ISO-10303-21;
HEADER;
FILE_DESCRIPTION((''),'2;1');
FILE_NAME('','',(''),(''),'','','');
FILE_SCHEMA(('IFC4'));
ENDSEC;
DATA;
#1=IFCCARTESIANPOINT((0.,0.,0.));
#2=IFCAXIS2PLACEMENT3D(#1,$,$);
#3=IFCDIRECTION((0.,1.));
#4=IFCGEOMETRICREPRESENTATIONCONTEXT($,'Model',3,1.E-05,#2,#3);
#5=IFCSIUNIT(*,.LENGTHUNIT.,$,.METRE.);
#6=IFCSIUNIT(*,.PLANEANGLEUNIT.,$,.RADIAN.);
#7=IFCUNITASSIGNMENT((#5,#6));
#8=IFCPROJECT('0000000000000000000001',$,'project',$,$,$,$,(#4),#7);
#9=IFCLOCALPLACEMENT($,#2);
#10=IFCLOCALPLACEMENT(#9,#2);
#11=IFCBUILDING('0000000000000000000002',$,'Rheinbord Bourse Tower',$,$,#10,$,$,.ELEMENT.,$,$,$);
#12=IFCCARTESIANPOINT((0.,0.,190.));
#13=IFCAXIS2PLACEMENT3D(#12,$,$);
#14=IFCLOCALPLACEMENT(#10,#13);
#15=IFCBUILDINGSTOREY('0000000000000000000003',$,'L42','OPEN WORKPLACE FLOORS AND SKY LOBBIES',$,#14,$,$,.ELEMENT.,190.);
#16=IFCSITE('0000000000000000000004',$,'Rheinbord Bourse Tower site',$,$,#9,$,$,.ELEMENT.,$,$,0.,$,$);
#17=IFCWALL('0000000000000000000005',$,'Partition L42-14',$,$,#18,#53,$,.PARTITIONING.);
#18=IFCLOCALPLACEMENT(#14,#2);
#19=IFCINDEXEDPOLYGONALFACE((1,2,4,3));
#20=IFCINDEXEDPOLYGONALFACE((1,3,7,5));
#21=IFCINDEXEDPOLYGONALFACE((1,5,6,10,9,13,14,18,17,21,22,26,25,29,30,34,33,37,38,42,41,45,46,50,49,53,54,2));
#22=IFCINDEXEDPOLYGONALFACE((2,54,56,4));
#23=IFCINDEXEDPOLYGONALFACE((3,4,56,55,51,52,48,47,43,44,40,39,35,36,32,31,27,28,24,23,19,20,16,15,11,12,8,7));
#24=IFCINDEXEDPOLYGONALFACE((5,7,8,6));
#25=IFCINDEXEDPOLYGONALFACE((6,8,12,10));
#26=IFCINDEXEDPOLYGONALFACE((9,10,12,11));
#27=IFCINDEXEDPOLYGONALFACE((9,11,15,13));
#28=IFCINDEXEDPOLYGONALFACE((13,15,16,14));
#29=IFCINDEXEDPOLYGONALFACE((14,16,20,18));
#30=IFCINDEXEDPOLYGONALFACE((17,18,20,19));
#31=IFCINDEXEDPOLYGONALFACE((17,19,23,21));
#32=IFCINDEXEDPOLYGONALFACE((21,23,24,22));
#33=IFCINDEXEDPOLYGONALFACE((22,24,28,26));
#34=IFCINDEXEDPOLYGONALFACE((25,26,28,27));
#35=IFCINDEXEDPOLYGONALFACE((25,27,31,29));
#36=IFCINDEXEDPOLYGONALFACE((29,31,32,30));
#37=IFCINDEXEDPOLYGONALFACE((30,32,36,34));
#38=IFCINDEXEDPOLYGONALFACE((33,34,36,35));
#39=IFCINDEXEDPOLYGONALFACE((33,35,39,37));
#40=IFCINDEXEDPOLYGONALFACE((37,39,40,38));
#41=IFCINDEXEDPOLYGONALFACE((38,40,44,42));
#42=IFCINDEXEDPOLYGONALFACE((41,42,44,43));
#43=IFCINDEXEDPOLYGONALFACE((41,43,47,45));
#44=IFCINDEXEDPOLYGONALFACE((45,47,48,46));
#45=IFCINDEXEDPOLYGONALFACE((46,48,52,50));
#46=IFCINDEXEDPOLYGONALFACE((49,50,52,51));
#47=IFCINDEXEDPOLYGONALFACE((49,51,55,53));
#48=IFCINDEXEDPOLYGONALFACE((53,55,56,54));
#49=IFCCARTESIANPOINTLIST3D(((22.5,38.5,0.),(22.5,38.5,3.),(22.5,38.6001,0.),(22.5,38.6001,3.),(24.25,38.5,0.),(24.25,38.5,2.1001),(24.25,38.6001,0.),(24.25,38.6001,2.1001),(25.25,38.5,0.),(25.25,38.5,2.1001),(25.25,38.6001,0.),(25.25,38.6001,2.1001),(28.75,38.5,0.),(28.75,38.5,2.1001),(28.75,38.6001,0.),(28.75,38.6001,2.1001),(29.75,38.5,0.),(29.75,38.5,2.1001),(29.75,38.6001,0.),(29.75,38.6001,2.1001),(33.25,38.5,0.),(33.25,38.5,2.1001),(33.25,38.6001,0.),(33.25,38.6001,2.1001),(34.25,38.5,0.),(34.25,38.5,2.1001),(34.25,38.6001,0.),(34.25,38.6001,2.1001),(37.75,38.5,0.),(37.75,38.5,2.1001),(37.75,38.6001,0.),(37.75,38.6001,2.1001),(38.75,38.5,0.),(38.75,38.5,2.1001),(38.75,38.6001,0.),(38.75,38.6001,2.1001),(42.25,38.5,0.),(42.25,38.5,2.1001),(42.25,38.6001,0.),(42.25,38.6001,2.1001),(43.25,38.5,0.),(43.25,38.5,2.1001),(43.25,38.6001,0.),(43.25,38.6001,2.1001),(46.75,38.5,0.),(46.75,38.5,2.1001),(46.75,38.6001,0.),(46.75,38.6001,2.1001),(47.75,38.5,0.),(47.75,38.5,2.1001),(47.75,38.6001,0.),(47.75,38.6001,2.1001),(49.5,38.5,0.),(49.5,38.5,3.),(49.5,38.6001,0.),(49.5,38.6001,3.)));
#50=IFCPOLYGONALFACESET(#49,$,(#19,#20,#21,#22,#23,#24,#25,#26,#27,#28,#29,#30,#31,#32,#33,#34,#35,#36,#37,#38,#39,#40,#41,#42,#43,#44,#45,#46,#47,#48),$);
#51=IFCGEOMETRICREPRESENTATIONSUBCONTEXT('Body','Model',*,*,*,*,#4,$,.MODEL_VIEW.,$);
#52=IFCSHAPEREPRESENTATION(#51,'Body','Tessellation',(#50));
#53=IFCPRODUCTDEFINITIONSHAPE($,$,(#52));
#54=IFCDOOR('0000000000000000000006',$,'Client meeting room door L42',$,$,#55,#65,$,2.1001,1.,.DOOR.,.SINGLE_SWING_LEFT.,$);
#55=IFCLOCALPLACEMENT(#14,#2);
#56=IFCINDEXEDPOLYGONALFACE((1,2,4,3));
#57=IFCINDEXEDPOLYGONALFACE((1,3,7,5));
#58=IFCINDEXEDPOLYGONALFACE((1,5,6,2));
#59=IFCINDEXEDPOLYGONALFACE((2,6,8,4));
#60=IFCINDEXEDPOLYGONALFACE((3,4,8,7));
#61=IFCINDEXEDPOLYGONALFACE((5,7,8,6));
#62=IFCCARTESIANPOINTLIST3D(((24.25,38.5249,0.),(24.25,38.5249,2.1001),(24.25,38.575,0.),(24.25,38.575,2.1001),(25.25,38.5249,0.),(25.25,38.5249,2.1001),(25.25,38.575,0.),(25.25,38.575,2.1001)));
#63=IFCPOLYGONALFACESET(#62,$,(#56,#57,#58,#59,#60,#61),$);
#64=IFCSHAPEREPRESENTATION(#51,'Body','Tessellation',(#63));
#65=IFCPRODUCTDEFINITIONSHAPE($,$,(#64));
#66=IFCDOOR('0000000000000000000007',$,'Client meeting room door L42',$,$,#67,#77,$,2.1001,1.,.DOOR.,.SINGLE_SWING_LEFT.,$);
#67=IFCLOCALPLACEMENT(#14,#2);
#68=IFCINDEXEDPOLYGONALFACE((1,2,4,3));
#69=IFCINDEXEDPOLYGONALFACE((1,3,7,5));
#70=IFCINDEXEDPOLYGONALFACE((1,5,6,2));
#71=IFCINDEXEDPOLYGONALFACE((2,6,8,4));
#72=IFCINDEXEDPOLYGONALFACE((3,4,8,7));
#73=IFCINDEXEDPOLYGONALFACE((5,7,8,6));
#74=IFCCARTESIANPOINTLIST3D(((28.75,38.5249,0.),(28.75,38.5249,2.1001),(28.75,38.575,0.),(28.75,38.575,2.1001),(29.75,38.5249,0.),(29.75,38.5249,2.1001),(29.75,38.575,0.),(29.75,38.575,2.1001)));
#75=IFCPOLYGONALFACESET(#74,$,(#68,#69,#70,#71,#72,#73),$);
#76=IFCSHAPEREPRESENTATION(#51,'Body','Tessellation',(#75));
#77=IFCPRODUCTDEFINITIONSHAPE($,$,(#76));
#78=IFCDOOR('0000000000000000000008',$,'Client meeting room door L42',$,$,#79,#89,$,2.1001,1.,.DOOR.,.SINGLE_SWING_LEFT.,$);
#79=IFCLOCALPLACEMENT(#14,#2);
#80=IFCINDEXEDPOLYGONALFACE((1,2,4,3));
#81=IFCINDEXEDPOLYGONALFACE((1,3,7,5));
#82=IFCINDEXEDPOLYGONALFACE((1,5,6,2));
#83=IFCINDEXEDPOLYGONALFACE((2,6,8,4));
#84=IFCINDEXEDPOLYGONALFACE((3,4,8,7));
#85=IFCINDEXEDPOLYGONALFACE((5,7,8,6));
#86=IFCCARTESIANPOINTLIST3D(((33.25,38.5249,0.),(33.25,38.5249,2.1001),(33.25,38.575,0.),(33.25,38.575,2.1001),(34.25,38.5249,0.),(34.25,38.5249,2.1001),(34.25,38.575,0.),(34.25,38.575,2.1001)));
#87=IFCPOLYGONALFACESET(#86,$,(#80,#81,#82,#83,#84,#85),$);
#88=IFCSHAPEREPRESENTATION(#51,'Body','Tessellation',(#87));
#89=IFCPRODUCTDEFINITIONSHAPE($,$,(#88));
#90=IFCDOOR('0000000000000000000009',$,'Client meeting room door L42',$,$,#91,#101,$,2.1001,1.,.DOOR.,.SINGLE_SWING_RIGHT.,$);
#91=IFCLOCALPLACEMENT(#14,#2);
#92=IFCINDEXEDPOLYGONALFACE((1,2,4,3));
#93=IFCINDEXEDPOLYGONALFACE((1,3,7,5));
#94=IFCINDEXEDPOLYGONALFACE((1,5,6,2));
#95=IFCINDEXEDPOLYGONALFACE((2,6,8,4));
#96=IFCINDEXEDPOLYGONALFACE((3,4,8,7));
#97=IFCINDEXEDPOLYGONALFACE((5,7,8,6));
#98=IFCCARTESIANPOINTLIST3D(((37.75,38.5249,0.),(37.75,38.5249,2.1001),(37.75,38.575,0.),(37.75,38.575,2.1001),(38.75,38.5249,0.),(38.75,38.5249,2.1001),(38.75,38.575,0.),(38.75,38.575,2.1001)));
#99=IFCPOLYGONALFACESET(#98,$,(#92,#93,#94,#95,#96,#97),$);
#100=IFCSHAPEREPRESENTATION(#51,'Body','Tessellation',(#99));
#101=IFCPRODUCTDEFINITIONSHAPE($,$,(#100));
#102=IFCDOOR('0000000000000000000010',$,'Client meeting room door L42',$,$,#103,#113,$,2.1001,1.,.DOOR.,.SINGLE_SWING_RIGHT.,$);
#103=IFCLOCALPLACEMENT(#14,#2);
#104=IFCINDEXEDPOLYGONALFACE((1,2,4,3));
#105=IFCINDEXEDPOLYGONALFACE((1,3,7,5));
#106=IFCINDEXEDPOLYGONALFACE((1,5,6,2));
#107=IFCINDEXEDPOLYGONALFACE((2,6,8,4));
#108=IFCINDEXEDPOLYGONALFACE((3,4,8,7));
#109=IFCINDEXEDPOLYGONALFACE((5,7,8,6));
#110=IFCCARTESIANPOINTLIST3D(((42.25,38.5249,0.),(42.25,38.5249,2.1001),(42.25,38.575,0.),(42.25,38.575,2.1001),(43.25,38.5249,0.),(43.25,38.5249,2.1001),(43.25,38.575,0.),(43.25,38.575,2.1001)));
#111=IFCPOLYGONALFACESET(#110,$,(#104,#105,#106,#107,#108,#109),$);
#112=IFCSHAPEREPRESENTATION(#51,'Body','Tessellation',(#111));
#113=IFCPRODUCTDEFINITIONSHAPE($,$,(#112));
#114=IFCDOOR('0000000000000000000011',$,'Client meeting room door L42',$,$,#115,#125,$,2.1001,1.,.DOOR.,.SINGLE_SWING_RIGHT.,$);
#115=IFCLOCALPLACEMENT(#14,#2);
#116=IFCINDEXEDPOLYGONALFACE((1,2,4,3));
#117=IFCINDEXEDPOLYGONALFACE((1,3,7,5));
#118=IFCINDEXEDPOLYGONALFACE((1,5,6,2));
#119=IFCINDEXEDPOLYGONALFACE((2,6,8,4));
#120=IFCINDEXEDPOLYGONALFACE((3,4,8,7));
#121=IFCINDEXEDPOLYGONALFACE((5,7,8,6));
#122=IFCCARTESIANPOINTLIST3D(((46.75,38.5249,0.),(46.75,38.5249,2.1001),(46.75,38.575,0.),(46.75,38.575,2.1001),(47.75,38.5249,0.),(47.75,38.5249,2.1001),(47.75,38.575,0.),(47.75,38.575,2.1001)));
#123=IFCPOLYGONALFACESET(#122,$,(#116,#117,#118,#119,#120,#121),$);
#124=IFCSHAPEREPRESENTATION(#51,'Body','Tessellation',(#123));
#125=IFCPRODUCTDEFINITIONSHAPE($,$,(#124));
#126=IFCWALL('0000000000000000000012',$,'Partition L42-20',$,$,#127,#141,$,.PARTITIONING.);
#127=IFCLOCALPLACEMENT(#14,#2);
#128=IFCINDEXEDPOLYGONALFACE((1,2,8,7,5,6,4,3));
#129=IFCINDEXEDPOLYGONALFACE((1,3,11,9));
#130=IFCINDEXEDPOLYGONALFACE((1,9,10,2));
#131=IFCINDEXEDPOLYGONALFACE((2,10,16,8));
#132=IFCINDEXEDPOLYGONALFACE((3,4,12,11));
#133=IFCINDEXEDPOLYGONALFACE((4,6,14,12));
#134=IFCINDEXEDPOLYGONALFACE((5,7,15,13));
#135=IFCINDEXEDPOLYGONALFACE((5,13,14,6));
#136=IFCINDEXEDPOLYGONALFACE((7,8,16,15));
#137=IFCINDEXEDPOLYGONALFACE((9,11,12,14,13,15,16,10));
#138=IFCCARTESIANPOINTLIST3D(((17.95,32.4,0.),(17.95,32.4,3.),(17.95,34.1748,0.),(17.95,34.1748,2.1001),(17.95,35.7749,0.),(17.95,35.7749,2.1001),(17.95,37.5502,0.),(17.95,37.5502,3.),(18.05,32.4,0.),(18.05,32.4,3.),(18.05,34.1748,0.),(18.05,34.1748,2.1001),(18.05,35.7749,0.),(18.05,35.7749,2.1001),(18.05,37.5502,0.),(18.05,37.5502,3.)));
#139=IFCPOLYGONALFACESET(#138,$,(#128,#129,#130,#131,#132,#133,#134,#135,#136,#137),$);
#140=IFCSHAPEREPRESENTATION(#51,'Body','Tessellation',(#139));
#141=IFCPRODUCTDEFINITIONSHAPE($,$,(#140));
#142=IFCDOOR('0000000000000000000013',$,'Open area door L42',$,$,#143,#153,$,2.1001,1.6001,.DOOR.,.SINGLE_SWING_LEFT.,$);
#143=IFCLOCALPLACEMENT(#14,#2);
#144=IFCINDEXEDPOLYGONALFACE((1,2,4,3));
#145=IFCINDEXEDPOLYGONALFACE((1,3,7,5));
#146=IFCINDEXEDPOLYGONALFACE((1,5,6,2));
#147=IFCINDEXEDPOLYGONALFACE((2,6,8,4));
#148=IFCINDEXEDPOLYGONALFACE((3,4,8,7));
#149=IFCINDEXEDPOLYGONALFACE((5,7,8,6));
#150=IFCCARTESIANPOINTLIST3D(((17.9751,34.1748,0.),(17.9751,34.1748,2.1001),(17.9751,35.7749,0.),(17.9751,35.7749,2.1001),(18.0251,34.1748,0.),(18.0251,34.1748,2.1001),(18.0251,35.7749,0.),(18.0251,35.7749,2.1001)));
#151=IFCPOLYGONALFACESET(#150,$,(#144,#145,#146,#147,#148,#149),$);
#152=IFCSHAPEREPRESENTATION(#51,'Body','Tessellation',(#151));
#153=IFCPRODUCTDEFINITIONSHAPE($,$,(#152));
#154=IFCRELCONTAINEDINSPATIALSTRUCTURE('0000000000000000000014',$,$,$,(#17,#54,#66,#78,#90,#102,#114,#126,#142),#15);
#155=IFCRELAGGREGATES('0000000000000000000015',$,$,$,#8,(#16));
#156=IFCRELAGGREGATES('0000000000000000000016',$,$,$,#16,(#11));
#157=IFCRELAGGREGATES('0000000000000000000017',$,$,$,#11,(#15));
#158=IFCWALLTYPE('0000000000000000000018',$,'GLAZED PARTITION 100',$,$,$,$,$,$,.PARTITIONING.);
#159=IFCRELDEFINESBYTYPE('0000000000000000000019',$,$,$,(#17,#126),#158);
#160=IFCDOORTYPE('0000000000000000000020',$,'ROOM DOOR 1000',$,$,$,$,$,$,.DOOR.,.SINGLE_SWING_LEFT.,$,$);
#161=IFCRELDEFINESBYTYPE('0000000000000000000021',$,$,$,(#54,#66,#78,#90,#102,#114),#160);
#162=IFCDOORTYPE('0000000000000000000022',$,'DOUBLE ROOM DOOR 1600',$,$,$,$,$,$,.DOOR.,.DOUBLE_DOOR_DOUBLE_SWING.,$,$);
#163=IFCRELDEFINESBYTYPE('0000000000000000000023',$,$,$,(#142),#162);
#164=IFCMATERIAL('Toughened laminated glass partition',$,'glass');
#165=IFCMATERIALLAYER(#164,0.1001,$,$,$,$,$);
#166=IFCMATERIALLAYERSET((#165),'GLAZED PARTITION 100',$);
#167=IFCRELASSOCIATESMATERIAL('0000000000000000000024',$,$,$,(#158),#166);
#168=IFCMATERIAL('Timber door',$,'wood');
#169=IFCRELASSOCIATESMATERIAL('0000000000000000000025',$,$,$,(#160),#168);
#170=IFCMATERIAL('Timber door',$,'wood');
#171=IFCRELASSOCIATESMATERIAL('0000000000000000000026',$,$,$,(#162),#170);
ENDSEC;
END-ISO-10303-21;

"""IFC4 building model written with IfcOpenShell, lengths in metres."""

from ifc_helpers import new_model, si_unit, direction, frame, frame_2d, origin, place, context, subcontext, project, spatial, rectangle, extrude, material, layer, layer_set, type_object, element, fill, save


model = new_model("IFC4")

# Units and contexts
model_context = context("Model", 3, precision=1e-05, world=origin(), true_north=direction((0.0, 1.0)))
body_context = subcontext(model_context, "Body", "Model", "MODEL_VIEW")
ifc_project = project(units=[si_unit("LENGTHUNIT", "METRE"), si_unit("PLANEANGLEUNIT", "RADIAN")], contexts=[model_context])

# Site, building, storey
site_placement = place(None, origin())
site = spatial("IfcSite", under=ifc_project, at=site_placement, Name="Rheinbord Bourse Tower site", CompositionType="ELEMENT", RefElevation=0.0)
building_placement = place(site_placement, origin())
building = spatial("IfcBuilding", under=site, at=building_placement, Name="Rheinbord Bourse Tower", CompositionType="ELEMENT")
storey_placement = place(building_placement, frame((0.0, 0.0, 190.0)))
storey = spatial("IfcBuildingStorey", under=building, at=storey_placement, Name="L42", Description="OPEN WORKPLACE FLOORS AND SKY LOBBIES", CompositionType="ELEMENT", Elevation=190.0)

# Wall, openings, doors
ifc_material_1 = material(Name="Toughened laminated glass partition", Category="glass")
ifc_layer_1 = layer(ifc_material_1, 0.1001)
ifc_layer_set_1 = layer_set([ifc_layer_1], Name="GLAZED PARTITION 100")
wall_type_1 = type_object("IfcWallType", Name="GLAZED PARTITION 100", PredefinedType="PARTITIONING", material=ifc_layer_set_1)
wall_1_placement = place(storey_placement, frame((22.5, 38.55, 0.0), z_axis=(0.0, 0.0, 1.0), x_axis=(1.0, 0.0, 0.0)))
wall_1 = element("IfcWall", 1, at=wall_1_placement, inside=storey, type_object=wall_type_1, Name="Partition L42-14", PredefinedType="PARTITIONING", context=body_context, shape_type="SweptSolid", body=[
    extrude(rectangle(XDim=27.0, YDim=0.1001, at=frame_2d((13.5, 0.0))), origin(), (0.0, 0.0, 1.0), 3.0),
])
opening_1_placement = place(wall_1_placement, frame((1.75, 0.0, 0.0)))
opening_1 = element("IfcOpeningElement", 2, at=opening_1_placement, cuts=wall_1, PredefinedType="OPENING", context=body_context, shape_type="SweptSolid", body=[
    extrude(rectangle(XDim=1.0, YDim=2.1001, at=frame_2d((0.5, 1.05))), frame((0.0, 0.0601, 0.0), z_axis=(0.0, -1.0, 0.0), x_axis=(1.0, 0.0, 0.0)), (0.0, 0.0, 1.0), 0.1201),
])
opening_2_placement = place(wall_1_placement, frame((6.25, 0.0, 0.0)))
opening_2 = element("IfcOpeningElement", 3, at=opening_2_placement, cuts=wall_1, PredefinedType="OPENING", context=body_context, shape_type="SweptSolid", body=[
    extrude(rectangle(XDim=1.0, YDim=2.1001, at=frame_2d((0.5, 1.05))), frame((0.0, 0.0601, 0.0), z_axis=(0.0, -1.0, 0.0), x_axis=(1.0, 0.0, 0.0)), (0.0, 0.0, 1.0), 0.1201),
])
opening_3_placement = place(wall_1_placement, frame((10.75, 0.0, 0.0)))
opening_3 = element("IfcOpeningElement", 4, at=opening_3_placement, cuts=wall_1, PredefinedType="OPENING", context=body_context, shape_type="SweptSolid", body=[
    extrude(rectangle(XDim=1.0, YDim=2.1001, at=frame_2d((0.5, 1.05))), frame((0.0, 0.0601, 0.0), z_axis=(0.0, -1.0, 0.0), x_axis=(1.0, 0.0, 0.0)), (0.0, 0.0, 1.0), 0.1201),
])
opening_4_placement = place(wall_1_placement, frame((15.25, 0.0, 0.0)))
opening_4 = element("IfcOpeningElement", 5, at=opening_4_placement, cuts=wall_1, PredefinedType="OPENING", context=body_context, shape_type="SweptSolid", body=[
    extrude(rectangle(XDim=1.0, YDim=2.1001, at=frame_2d((0.5, 1.05))), frame((0.0, 0.0601, 0.0), z_axis=(0.0, -1.0, 0.0), x_axis=(1.0, 0.0, 0.0)), (0.0, 0.0, 1.0), 0.1201),
])
opening_5_placement = place(wall_1_placement, frame((19.75, 0.0, 0.0)))
opening_5 = element("IfcOpeningElement", 6, at=opening_5_placement, cuts=wall_1, PredefinedType="OPENING", context=body_context, shape_type="SweptSolid", body=[
    extrude(rectangle(XDim=1.0, YDim=2.1001, at=frame_2d((0.5, 1.05))), frame((0.0, 0.0601, 0.0), z_axis=(0.0, -1.0, 0.0), x_axis=(1.0, 0.0, 0.0)), (0.0, 0.0, 1.0), 0.1201),
])
opening_6_placement = place(wall_1_placement, frame((24.25, 0.0, 0.0)))
opening_6 = element("IfcOpeningElement", 7, at=opening_6_placement, cuts=wall_1, PredefinedType="OPENING", context=body_context, shape_type="SweptSolid", body=[
    extrude(rectangle(XDim=1.0, YDim=2.1001, at=frame_2d((0.5, 1.05))), frame((0.0, 0.0601, 0.0), z_axis=(0.0, -1.0, 0.0), x_axis=(1.0, 0.0, 0.0)), (0.0, 0.0, 1.0), 0.1201),
])
ifc_material_2 = material(Name="Timber door", Category="wood")
door_type_1 = type_object("IfcDoorType", Name="ROOM DOOR 1000", OperationType="SINGLE_SWING_LEFT", PredefinedType="DOOR", material=ifc_material_2)
door_1_placement = place(opening_1_placement, origin())
door_1 = element("IfcDoor", 8, at=door_1_placement, inside=storey, type_object=door_type_1, Name="Client meeting room door L42", OperationType="SINGLE_SWING_LEFT", OverallHeight=2.1001, OverallWidth=1.0, PredefinedType="DOOR", context=body_context, shape_type="SweptSolid", body=[
    extrude(rectangle(XDim=1.0, YDim=2.1001, at=frame_2d((0.5, 1.05))), frame((0.0, 0.0249, 0.0), z_axis=(0.0, -1.0, 0.0), x_axis=(1.0, 0.0, 0.0)), (0.0, 0.0, 1.0), 0.05),
])
fill(opening_1, door_1)
door_2_placement = place(opening_2_placement, origin())
door_2 = element("IfcDoor", 9, at=door_2_placement, inside=storey, type_object=door_type_1, Name="Client meeting room door L42", OperationType="SINGLE_SWING_LEFT", OverallHeight=2.1001, OverallWidth=1.0, PredefinedType="DOOR", context=body_context, shape_type="SweptSolid", body=[
    extrude(rectangle(XDim=1.0, YDim=2.1001, at=frame_2d((0.5, 1.05))), frame((0.0, 0.0249, 0.0), z_axis=(0.0, -1.0, 0.0), x_axis=(1.0, 0.0, 0.0)), (0.0, 0.0, 1.0), 0.05),
])
fill(opening_2, door_2)
door_3_placement = place(opening_3_placement, origin())
door_3 = element("IfcDoor", 10, at=door_3_placement, inside=storey, type_object=door_type_1, Name="Client meeting room door L42", OperationType="SINGLE_SWING_LEFT", OverallHeight=2.1001, OverallWidth=1.0, PredefinedType="DOOR", context=body_context, shape_type="SweptSolid", body=[
    extrude(rectangle(XDim=1.0, YDim=2.1001, at=frame_2d((0.5, 1.05))), frame((0.0, 0.0249, 0.0), z_axis=(0.0, -1.0, 0.0), x_axis=(1.0, 0.0, 0.0)), (0.0, 0.0, 1.0), 0.05),
])
fill(opening_3, door_3)
door_4_placement = place(opening_4_placement, origin())
door_4 = element("IfcDoor", 11, at=door_4_placement, inside=storey, type_object=door_type_1, Name="Client meeting room door L42", OperationType="SINGLE_SWING_RIGHT", OverallHeight=2.1001, OverallWidth=1.0, PredefinedType="DOOR", context=body_context, shape_type="SweptSolid", body=[
    extrude(rectangle(XDim=1.0, YDim=2.1001, at=frame_2d((0.5, 1.05))), frame((0.0, 0.0249, 0.0), z_axis=(0.0, -1.0, 0.0), x_axis=(1.0, 0.0, 0.0)), (0.0, 0.0, 1.0), 0.05),
])
fill(opening_4, door_4)
door_5_placement = place(opening_5_placement, origin())
door_5 = element("IfcDoor", 12, at=door_5_placement, inside=storey, type_object=door_type_1, Name="Client meeting room door L42", OperationType="SINGLE_SWING_RIGHT", OverallHeight=2.1001, OverallWidth=1.0, PredefinedType="DOOR", context=body_context, shape_type="SweptSolid", body=[
    extrude(rectangle(XDim=1.0, YDim=2.1001, at=frame_2d((0.5, 1.05))), frame((0.0, 0.0249, 0.0), z_axis=(0.0, -1.0, 0.0), x_axis=(1.0, 0.0, 0.0)), (0.0, 0.0, 1.0), 0.05),
])
fill(opening_5, door_5)
door_6_placement = place(opening_6_placement, origin())
door_6 = element("IfcDoor", 13, at=door_6_placement, inside=storey, type_object=door_type_1, Name="Client meeting room door L42", OperationType="SINGLE_SWING_RIGHT", OverallHeight=2.1001, OverallWidth=1.0, PredefinedType="DOOR", context=body_context, shape_type="SweptSolid", body=[
    extrude(rectangle(XDim=1.0, YDim=2.1001, at=frame_2d((0.5, 1.05))), frame((0.0, 0.0249, 0.0), z_axis=(0.0, -1.0, 0.0), x_axis=(1.0, 0.0, 0.0)), (0.0, 0.0, 1.0), 0.05),
])
fill(opening_6, door_6)

# Wall, opening, door
wall_2_placement = place(storey_placement, frame((18.0, 32.3999, 0.0), z_axis=(0.0, 0.0, 1.0), x_axis=(0.0, 1.0, 0.0)))
wall_2 = element("IfcWall", 14, at=wall_2_placement, inside=storey, type_object=wall_type_1, Name="Partition L42-20", PredefinedType="PARTITIONING", context=body_context, shape_type="SweptSolid", body=[
    extrude(rectangle(XDim=5.1501, YDim=0.1001, at=frame_2d((2.5752, 0.0))), origin(), (0.0, 0.0, 1.0), 3.0),
])
opening_7_placement = place(wall_2_placement, frame((1.7749, 0.0, 0.0)))
opening_7 = element("IfcOpeningElement", 15, at=opening_7_placement, cuts=wall_2, PredefinedType="OPENING", context=body_context, shape_type="SweptSolid", body=[
    extrude(rectangle(XDim=1.6001, YDim=2.1001, at=frame_2d((0.8, 1.05))), frame((0.0, 0.0601, 0.0), z_axis=(0.0, -1.0, 0.0), x_axis=(1.0, 0.0, 0.0)), (0.0, 0.0, 1.0), 0.1201),
])
ifc_material_3 = material(Name="Timber door", Category="wood")
door_type_2 = type_object("IfcDoorType", Name="DOUBLE ROOM DOOR 1600", OperationType="DOUBLE_DOOR_DOUBLE_SWING", PredefinedType="DOOR", material=ifc_material_3)
door_7_placement = place(opening_7_placement, origin())
door_7 = element("IfcDoor", 16, at=door_7_placement, inside=storey, type_object=door_type_2, Name="Open area door L42", OperationType="SINGLE_SWING_LEFT", OverallHeight=2.1001, OverallWidth=1.6001, PredefinedType="DOOR", context=body_context, shape_type="SweptSolid", body=[
    extrude(rectangle(XDim=1.6001, YDim=2.1001, at=frame_2d((0.8, 1.05))), frame((0.0, 0.0249, 0.0), z_axis=(0.0, -1.0, 0.0), x_axis=(1.0, 0.0, 0.0)), (0.0, 0.0, 1.0), 0.05),
])
fill(opening_7, door_7)

save(model, "model.ifc")
